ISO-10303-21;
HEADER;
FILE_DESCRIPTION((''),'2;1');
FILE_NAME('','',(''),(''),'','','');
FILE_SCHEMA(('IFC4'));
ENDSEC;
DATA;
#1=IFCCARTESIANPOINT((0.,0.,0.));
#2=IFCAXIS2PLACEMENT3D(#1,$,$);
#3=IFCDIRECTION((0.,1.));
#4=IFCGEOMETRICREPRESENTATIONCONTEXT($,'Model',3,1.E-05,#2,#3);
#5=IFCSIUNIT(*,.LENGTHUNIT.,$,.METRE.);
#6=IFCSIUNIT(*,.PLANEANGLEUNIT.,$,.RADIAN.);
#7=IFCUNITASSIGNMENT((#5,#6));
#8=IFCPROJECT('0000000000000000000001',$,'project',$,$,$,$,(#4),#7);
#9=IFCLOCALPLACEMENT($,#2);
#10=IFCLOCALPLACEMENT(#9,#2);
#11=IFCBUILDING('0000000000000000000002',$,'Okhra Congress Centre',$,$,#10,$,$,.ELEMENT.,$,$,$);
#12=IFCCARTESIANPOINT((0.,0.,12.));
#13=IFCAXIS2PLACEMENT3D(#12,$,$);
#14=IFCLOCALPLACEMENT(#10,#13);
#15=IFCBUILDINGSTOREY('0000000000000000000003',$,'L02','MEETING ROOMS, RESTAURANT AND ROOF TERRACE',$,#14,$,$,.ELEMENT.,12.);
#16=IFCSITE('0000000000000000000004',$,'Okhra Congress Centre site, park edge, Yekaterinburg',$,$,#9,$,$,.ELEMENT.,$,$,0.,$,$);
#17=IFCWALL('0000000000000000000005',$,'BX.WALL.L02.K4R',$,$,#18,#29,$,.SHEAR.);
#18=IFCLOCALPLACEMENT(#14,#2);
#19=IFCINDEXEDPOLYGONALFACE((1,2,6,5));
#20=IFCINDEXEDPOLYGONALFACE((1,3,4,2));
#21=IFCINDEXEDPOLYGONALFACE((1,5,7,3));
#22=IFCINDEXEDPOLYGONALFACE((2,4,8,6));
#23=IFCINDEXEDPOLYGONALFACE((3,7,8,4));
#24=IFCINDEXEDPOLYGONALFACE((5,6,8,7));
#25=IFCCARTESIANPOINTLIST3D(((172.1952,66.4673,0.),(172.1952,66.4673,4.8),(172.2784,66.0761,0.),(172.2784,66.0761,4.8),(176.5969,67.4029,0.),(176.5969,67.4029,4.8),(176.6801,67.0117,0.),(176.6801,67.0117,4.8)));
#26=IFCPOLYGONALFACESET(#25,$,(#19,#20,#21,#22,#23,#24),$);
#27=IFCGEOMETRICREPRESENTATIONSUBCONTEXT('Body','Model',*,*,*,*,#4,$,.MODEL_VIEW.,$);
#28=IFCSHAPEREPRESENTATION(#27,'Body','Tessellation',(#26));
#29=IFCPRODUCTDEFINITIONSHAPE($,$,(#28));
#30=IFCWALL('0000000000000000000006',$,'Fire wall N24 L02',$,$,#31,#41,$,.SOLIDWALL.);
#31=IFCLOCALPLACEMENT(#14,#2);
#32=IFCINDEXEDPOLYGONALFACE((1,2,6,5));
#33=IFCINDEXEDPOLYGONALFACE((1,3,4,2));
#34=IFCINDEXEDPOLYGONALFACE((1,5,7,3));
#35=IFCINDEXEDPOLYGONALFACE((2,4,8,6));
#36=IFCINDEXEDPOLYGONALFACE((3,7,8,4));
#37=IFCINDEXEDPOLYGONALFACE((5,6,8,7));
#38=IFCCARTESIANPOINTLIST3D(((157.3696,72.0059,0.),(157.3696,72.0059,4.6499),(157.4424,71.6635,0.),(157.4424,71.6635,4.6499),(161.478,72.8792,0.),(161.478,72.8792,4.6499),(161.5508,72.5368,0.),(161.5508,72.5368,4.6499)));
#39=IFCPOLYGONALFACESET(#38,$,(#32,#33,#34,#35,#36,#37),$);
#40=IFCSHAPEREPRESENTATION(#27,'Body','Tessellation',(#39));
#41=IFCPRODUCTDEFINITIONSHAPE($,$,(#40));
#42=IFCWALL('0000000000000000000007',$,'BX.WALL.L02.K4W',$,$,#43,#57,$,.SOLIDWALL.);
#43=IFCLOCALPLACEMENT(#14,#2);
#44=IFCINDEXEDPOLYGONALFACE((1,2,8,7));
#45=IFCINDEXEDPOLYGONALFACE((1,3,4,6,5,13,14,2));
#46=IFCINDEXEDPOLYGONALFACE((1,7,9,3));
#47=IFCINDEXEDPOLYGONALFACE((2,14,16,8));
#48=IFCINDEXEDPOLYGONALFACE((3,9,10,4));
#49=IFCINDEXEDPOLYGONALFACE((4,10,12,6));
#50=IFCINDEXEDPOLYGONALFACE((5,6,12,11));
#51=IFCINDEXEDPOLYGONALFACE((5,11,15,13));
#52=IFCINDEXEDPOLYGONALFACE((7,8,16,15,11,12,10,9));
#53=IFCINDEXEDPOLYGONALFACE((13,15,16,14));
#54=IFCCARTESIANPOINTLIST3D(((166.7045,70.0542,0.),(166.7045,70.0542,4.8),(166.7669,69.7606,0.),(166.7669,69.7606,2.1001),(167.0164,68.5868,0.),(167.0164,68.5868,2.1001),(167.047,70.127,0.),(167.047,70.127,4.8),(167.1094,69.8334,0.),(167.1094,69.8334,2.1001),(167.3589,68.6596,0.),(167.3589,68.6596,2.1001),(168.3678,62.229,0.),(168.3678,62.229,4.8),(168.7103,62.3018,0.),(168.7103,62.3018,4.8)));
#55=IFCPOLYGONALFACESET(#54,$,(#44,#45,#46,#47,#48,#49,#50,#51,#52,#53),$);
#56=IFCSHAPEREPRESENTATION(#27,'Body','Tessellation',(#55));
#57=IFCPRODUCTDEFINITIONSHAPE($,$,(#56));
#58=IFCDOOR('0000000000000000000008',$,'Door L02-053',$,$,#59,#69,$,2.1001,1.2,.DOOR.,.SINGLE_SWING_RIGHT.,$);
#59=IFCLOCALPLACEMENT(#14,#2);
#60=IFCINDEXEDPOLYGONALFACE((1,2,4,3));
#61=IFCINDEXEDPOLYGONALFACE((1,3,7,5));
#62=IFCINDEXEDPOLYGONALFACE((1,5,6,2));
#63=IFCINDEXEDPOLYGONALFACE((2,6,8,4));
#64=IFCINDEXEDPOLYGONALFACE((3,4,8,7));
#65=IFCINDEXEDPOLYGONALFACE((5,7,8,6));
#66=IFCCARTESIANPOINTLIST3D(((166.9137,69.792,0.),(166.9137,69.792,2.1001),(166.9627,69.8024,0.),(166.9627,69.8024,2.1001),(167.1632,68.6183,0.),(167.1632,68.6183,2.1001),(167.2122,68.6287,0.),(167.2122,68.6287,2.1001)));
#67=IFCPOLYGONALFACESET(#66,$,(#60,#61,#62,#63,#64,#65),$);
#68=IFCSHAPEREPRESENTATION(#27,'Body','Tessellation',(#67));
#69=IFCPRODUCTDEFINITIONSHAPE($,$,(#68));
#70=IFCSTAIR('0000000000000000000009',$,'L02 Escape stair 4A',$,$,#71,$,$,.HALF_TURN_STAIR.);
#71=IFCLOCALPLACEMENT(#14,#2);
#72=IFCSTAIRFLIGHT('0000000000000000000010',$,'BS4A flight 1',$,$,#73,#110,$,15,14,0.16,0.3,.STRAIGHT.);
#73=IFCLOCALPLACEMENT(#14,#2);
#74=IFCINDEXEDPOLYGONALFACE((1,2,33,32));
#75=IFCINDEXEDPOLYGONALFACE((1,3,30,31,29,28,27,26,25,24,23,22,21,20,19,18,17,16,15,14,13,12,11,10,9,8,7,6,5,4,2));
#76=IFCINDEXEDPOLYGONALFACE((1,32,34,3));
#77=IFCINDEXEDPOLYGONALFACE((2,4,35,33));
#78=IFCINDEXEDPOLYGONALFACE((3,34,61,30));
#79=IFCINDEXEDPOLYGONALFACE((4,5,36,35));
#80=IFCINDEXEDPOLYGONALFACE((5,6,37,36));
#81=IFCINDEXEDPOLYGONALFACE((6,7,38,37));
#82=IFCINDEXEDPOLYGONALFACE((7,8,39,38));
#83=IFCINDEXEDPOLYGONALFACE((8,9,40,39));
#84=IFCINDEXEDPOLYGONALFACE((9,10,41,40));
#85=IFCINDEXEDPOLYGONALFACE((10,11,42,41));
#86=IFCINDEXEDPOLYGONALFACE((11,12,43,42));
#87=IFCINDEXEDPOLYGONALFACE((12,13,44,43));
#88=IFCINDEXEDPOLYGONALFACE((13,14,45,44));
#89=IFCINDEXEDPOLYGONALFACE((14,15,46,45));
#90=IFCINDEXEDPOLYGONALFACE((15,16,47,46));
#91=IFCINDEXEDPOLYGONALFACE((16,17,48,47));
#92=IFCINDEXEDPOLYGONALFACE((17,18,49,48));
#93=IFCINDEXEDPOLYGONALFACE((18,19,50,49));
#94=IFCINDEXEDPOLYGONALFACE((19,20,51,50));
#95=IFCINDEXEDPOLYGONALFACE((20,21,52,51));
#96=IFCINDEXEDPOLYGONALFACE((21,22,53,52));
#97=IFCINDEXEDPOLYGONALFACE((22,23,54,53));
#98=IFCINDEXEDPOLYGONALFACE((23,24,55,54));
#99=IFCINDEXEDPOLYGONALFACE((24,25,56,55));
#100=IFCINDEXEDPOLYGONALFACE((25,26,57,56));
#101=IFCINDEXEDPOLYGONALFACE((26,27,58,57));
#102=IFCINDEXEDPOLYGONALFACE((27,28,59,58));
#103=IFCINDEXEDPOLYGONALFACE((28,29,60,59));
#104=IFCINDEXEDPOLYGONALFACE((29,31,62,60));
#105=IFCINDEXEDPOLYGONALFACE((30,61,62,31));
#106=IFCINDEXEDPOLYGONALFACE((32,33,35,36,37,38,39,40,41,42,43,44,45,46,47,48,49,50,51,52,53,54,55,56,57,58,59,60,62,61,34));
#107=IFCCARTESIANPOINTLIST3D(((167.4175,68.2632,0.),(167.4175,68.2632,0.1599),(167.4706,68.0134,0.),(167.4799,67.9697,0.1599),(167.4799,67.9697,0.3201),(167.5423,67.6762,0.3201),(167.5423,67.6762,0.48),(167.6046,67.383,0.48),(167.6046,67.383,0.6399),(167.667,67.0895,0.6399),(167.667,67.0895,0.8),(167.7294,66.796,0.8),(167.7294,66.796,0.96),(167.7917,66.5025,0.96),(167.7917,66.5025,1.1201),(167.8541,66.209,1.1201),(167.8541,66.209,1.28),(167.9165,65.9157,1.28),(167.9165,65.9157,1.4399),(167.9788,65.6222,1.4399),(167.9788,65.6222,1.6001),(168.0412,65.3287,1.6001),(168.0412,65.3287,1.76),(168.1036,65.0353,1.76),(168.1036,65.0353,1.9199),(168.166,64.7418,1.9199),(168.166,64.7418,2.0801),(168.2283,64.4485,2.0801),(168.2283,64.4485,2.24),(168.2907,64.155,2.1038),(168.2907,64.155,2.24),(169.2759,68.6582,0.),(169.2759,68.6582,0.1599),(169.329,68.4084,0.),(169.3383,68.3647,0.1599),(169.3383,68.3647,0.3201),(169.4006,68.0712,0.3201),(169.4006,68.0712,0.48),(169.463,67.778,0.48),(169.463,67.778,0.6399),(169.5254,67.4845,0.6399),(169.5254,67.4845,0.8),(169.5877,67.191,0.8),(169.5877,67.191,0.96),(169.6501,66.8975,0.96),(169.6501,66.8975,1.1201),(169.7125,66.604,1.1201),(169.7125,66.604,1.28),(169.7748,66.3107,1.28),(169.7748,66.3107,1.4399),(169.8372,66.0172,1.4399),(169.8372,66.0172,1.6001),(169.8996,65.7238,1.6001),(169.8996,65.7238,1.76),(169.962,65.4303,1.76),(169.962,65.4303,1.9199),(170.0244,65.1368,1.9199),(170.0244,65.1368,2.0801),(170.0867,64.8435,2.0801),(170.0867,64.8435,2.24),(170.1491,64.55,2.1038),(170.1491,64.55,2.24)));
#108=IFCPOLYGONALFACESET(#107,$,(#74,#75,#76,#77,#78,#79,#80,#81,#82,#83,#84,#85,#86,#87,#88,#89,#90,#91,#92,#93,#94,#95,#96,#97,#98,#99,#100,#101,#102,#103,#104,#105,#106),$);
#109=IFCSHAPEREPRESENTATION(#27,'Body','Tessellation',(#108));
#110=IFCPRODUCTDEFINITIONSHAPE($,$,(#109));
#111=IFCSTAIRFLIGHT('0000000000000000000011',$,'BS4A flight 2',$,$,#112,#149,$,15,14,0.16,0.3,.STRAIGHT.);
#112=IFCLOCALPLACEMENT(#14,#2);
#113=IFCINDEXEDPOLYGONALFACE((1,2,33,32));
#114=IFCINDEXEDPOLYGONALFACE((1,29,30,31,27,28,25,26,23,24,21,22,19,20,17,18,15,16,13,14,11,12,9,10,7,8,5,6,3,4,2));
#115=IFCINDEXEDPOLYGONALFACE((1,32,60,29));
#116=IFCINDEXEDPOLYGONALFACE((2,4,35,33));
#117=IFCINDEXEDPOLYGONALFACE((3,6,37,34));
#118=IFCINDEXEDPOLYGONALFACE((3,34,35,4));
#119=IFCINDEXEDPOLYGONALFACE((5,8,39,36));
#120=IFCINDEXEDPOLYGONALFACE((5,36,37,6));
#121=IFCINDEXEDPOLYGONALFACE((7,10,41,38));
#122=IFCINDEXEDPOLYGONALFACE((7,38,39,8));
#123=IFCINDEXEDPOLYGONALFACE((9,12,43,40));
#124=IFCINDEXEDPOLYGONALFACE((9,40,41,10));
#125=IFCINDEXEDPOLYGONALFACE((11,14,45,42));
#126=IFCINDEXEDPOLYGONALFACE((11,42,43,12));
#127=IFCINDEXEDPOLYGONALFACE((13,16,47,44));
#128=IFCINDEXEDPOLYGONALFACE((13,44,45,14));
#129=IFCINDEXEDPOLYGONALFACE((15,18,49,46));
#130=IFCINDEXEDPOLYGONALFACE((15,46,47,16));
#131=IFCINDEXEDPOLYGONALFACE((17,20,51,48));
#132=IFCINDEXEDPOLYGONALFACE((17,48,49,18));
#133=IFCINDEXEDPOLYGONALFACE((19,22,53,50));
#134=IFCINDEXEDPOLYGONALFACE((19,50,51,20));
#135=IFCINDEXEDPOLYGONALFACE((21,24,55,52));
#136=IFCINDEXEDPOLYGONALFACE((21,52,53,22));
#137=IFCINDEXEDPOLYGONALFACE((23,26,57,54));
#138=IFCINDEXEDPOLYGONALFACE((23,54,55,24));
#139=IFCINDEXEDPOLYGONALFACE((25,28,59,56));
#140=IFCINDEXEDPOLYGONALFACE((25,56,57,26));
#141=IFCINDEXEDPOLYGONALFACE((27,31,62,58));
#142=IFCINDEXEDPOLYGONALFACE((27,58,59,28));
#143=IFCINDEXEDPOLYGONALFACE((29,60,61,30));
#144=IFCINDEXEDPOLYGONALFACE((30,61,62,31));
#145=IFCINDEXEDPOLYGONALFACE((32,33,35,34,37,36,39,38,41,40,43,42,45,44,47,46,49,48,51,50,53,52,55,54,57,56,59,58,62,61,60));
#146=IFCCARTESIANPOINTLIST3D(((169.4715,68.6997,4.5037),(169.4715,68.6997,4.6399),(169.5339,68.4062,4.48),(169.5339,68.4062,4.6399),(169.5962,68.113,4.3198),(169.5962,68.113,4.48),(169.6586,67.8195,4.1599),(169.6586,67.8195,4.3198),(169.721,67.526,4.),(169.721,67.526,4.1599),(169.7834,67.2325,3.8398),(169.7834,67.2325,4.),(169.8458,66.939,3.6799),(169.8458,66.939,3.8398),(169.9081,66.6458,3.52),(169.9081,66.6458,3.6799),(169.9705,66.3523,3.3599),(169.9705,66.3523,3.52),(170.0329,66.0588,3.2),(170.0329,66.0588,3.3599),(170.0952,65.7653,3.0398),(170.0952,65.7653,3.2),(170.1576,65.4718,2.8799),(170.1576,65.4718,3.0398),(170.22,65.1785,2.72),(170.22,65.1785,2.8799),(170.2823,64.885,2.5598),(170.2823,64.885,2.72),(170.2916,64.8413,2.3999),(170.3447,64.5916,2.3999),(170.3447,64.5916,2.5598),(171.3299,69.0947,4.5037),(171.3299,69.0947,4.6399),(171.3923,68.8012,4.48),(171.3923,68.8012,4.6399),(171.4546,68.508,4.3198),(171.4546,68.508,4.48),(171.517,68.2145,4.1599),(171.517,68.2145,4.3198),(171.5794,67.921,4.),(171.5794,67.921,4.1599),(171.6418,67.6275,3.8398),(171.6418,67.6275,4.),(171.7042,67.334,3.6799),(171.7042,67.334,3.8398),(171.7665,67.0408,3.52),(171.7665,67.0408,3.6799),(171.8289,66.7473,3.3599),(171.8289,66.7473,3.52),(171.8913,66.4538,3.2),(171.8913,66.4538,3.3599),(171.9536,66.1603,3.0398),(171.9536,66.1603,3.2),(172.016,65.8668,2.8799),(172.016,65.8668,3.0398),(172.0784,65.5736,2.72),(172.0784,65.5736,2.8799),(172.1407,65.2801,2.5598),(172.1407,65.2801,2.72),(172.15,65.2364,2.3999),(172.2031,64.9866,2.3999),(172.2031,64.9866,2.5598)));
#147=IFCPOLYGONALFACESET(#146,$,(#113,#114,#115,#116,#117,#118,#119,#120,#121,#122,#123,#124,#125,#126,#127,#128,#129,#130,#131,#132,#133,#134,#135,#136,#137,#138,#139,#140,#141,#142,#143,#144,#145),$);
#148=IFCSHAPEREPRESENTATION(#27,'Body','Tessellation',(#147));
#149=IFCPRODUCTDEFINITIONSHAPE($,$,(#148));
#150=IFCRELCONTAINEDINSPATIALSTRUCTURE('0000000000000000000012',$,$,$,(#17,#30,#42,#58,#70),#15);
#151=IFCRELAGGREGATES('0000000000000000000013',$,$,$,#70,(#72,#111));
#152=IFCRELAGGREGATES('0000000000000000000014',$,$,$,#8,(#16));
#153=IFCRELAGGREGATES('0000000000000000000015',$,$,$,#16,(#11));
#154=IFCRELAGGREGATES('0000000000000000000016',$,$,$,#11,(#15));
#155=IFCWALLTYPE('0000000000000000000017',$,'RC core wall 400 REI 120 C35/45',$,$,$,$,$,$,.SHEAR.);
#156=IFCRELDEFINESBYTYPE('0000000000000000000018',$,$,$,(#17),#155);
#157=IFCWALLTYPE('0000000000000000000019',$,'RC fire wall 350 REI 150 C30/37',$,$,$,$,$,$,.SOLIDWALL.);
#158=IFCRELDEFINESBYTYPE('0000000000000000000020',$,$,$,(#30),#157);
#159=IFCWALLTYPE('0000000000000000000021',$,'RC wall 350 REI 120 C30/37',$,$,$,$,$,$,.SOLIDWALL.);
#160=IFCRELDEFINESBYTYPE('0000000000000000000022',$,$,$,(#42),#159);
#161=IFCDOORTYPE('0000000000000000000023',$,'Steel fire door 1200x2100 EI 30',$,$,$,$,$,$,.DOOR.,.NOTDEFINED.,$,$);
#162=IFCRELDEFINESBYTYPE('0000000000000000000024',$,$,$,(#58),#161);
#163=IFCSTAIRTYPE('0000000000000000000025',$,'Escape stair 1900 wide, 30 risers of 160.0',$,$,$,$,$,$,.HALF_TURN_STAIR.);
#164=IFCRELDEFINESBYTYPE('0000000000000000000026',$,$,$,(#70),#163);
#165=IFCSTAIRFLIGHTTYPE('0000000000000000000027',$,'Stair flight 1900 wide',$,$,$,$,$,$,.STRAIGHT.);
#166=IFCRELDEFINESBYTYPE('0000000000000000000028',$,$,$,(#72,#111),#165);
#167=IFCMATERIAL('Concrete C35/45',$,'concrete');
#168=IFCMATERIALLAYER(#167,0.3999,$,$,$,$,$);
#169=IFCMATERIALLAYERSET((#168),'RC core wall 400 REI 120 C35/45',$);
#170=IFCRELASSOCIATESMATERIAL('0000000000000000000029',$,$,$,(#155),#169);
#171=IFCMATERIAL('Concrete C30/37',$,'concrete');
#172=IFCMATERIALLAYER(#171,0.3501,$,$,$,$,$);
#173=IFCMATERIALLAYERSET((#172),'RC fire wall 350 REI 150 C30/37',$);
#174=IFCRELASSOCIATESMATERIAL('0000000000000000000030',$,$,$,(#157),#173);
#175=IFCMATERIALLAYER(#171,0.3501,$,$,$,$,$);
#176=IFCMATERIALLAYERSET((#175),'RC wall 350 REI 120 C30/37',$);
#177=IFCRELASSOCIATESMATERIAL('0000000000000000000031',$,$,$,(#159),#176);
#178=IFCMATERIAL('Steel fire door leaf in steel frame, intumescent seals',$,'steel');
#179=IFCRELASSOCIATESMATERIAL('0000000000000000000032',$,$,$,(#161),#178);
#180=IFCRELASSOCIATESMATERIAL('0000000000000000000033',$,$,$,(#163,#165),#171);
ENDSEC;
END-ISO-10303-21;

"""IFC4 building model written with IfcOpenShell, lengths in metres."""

from ifc_helpers import new_model, si_unit, direction, frame, frame_2d, origin, place, context, subcontext, project, spatial, polyline, rectangle, outline, extrude, material, layer, layer_set, type_object, element, fill, aggregate, save


model = new_model("IFC4")

# Units and contexts
model_context = context("Model", 3, precision=1e-05, world=origin(), true_north=direction((0.0, 1.0)))
body_context = subcontext(model_context, "Body", "Model", "MODEL_VIEW")
ifc_project = project(units=[si_unit("LENGTHUNIT", "METRE"), si_unit("PLANEANGLEUNIT", "RADIAN")], contexts=[model_context])

# Site, building, storey
site_placement = place(None, origin())
site = spatial("IfcSite", under=ifc_project, at=site_placement, Name="Okhra Congress Centre site, park edge, Yekaterinburg", CompositionType="ELEMENT", RefElevation=0.0)
building_placement = place(site_placement, origin())
building = spatial("IfcBuilding", under=site, at=building_placement, Name="Okhra Congress Centre", CompositionType="ELEMENT")
storey_placement = place(building_placement, frame((0.0, 0.0, 12.0)))
storey = spatial("IfcBuildingStorey", under=building, at=storey_placement, Name="L02", Description="MEETING ROOMS, RESTAURANT AND ROOF TERRACE", CompositionType="ELEMENT", Elevation=12.0)

# Shared definitions
ifc_material_1 = material(Name="Concrete C35/45", Category="concrete")
ifc_material_2 = material(Name="Steel fire door leaf in steel frame, intumescent seals", Category="steel")

# Walls
ifc_layer_1 = layer(ifc_material_1, 0.3999)
ifc_layer_set_1 = layer_set([ifc_layer_1], Name="RC core wall 400 REI 120 C35/45")
wall_type_1 = type_object("IfcWallType", Name="RC core wall 400 REI 120 C35/45", PredefinedType="SHEAR", material=ifc_layer_set_1)
wall_1_placement = place(storey_placement, frame((172.2368, 66.2717, 0.0), z_axis=(0.0, 0.0, 1.0), x_axis=(0.97815, 0.207902, 0.0)))
element("IfcWall", 1, at=wall_1_placement, inside=storey, type_object=wall_type_1, Name="BX.WALL.L02.K4R", PredefinedType="SHEAR", context=body_context, shape_type="SweptSolid", body=[
    extrude(rectangle(XDim=4.5, YDim=0.3999, at=frame_2d((2.25, 0.0))), origin(), (0.0, 0.0, 1.0), 4.8),
])
ifc_material_3 = material(Name="Concrete C30/37", Category="concrete")
ifc_layer_2 = layer(ifc_material_3, 0.3501)
ifc_layer_set_2 = layer_set([ifc_layer_2], Name="RC fire wall 350 REI 150 C30/37")
wall_type_2 = type_object("IfcWallType", Name="RC fire wall 350 REI 150 C30/37", PredefinedType="SOLIDWALL", material=ifc_layer_set_2)
wall_2_placement = place(storey_placement, frame((157.406, 71.8347, 0.0), z_axis=(0.0, 0.0, 1.0), x_axis=(0.978146, 0.207917, 0.0)))
element("IfcWall", 2, at=wall_2_placement, inside=storey, type_object=wall_type_2, Name="Fire wall N24 L02", PredefinedType="SOLIDWALL", context=body_context, shape_type="SweptSolid", body=[
    extrude(rectangle(XDim=4.2002, YDim=0.3501, at=frame_2d((2.1001, 0.0))), origin(), (0.0, 0.0, 1.0), 4.6499),
])

# Wall, opening, door
ifc_layer_3 = layer(ifc_material_3, 0.3501)
ifc_layer_set_3 = layer_set([ifc_layer_3], Name="RC wall 350 REI 120 C30/37")
wall_type_3 = type_object("IfcWallType", Name="RC wall 350 REI 120 C30/37", PredefinedType="SOLIDWALL", material=ifc_layer_set_3)
wall_3_placement = place(storey_placement, frame((166.8757, 70.0906, 0.0), z_axis=(0.0, 0.0, 1.0), x_axis=(0.207916, -0.978147, 0.0)))
wall_3 = element("IfcWall", 3, at=wall_3_placement, inside=storey, type_object=wall_type_3, Name="BX.WALL.L02.K4W", PredefinedType="SOLIDWALL", context=body_context, shape_type="SweptSolid", body=[
    extrude(rectangle(XDim=8.0, YDim=0.3501, at=frame_2d((4.0, 0.0))), origin(), (0.0, 0.0, 1.0), 4.8),
])
opening_1_placement = place(wall_3_placement, frame((0.3, 0.0, 0.0)))
opening_1 = element("IfcOpeningElement", 4, at=opening_1_placement, cuts=wall_3, PredefinedType="OPENING", context=body_context, shape_type="SweptSolid", body=[
    extrude(rectangle(XDim=1.2, YDim=2.1001, at=frame_2d((0.6001, 1.05))), frame((0.0, 0.1851, 0.0), z_axis=(0.0, -1.0, 0.0), x_axis=(1.0, 0.0, 0.0)), (0.0, 0.0, 1.0), 0.3701),
])
door_type_1 = type_object("IfcDoorType", Name="Steel fire door 1200x2100 EI 30", OperationType="NOTDEFINED", PredefinedType="DOOR", material=ifc_material_2)
door_1_placement = place(opening_1_placement, frame((1.2, 0.0, 0.0), z_axis=(0.0, 0.0, 1.0), x_axis=(-1.0, 0.0, 0.0)))
door_1 = element("IfcDoor", 5, at=door_1_placement, inside=storey, type_object=door_type_1, Name="Door L02-053", OperationType="SINGLE_SWING_RIGHT", OverallHeight=2.1001, OverallWidth=1.2, PredefinedType="DOOR", context=body_context, shape_type="SweptSolid", body=[
    extrude(rectangle(XDim=1.2, YDim=2.1001, at=frame_2d((0.6001, 1.05))), frame((0.0, 0.0249, 0.0), z_axis=(0.0, -1.0, 0.0), x_axis=(1.0, 0.0, 0.0)), (0.0, 0.0, 1.0), 0.05),
])
fill(opening_1, door_1)

# Stair, stair flights
stair_type = type_object("IfcStairType", Name="Escape stair 1900 wide, 30 risers of 160.0", PredefinedType="HALF_TURN_STAIR", material=ifc_material_3)
stair_placement = place(storey_placement, origin())
stair = element("IfcStair", 6, at=stair_placement, inside=storey, type_object=stair_type, Name="L02 Escape stair 4A", PredefinedType="HALF_TURN_STAIR")
stair_flight_type = type_object("IfcStairFlightType", Name="Stair flight 1900 wide", PredefinedType="STRAIGHT", material=ifc_material_3)
stair_flight_1_placement = place(storey_placement, frame((168.3467, 68.4607, 0.0), z_axis=(0.0, 0.0, 1.0), x_axis=(0.207912, -0.978148, 0.0)))
stair_flight_1 = element("IfcStairFlight", 7, at=stair_flight_1_placement, type_object=stair_flight_type, Name="BS4A flight 1", NumberOfRisers=15, NumberOfTreads=14, PredefinedType="STRAIGHT", RiserHeight=0.16, TreadLength=0.3, context=body_context, shape_type="SweptSolid", body=[
    extrude(outline(polyline([(0.0, 0.0), (0.0, 0.1599), (0.3, 0.1599), (0.3, 0.3201), (0.6001, 0.3201), (0.6001, 0.48), (0.8999, 0.48), (0.8999, 0.6399), (1.2, 0.6399), (1.2, 0.8), (1.5, 0.8), (1.5, 0.96), (1.8, 0.96), (1.8, 1.1201), (2.1001, 1.1201), (2.1001, 1.28), (2.3999, 1.28), (2.3999, 1.4399), (2.7, 1.4399), (2.7, 1.6001), (3.0, 1.6001), (3.0, 1.76), (3.3, 1.76), (3.3, 1.9199), (3.6001, 1.9199), (3.6001, 2.0801), (3.8999, 2.0801), (3.8999, 2.24), (4.2, 2.24), (4.2, 2.3999), (4.2, 2.1038), (0.2554, 0.0), (0.0, 0.0)])), frame((0.0, 0.95, 0.0), z_axis=(0.0, -1.0, 0.0), x_axis=(1.0, 0.0, 0.0)), (0.0, 0.0, 1.0), 1.8999),
])
stair_flight_2_placement = place(storey_placement, frame((171.2739, 64.7891, 2.3999), z_axis=(0.0, 0.0, 1.0), x_axis=(-0.207912, 0.978148, 0.0)))
stair_flight_2 = element("IfcStairFlight", 8, at=stair_flight_2_placement, type_object=stair_flight_type, Name="BS4A flight 2", NumberOfRisers=15, NumberOfTreads=14, PredefinedType="STRAIGHT", RiserHeight=0.16, TreadLength=0.3, context=body_context, shape_type="SweptSolid", body=[
    extrude(outline(polyline([(0.0, 0.0), (0.0, 0.1599), (0.3, 0.1599), (0.3, 0.3201), (0.6001, 0.3201), (0.6001, 0.48), (0.8999, 0.48), (0.8999, 0.6399), (1.2, 0.6399), (1.2, 0.8), (1.5, 0.8), (1.5, 0.96), (1.8, 0.96), (1.8, 1.1201), (2.1001, 1.1201), (2.1001, 1.28), (2.3999, 1.28), (2.3999, 1.4399), (2.7, 1.4399), (2.7, 1.6001), (3.0, 1.6001), (3.0, 1.76), (3.3, 1.76), (3.3, 1.9199), (3.6001, 1.9199), (3.6001, 2.0801), (3.8999, 2.0801), (3.8999, 2.24), (4.2, 2.24), (4.2, 2.3999), (4.2, 2.1038), (0.2554, 0.0), (0.0, 0.0)])), frame((0.0, 0.95, 0.0), z_axis=(0.0, -1.0, 0.0), x_axis=(1.0, 0.0, 0.0)), (0.0, 0.0, 1.0), 1.8999),
])
aggregate(stair, [stair_flight_1, stair_flight_2])

save(model, "model.ifc")
